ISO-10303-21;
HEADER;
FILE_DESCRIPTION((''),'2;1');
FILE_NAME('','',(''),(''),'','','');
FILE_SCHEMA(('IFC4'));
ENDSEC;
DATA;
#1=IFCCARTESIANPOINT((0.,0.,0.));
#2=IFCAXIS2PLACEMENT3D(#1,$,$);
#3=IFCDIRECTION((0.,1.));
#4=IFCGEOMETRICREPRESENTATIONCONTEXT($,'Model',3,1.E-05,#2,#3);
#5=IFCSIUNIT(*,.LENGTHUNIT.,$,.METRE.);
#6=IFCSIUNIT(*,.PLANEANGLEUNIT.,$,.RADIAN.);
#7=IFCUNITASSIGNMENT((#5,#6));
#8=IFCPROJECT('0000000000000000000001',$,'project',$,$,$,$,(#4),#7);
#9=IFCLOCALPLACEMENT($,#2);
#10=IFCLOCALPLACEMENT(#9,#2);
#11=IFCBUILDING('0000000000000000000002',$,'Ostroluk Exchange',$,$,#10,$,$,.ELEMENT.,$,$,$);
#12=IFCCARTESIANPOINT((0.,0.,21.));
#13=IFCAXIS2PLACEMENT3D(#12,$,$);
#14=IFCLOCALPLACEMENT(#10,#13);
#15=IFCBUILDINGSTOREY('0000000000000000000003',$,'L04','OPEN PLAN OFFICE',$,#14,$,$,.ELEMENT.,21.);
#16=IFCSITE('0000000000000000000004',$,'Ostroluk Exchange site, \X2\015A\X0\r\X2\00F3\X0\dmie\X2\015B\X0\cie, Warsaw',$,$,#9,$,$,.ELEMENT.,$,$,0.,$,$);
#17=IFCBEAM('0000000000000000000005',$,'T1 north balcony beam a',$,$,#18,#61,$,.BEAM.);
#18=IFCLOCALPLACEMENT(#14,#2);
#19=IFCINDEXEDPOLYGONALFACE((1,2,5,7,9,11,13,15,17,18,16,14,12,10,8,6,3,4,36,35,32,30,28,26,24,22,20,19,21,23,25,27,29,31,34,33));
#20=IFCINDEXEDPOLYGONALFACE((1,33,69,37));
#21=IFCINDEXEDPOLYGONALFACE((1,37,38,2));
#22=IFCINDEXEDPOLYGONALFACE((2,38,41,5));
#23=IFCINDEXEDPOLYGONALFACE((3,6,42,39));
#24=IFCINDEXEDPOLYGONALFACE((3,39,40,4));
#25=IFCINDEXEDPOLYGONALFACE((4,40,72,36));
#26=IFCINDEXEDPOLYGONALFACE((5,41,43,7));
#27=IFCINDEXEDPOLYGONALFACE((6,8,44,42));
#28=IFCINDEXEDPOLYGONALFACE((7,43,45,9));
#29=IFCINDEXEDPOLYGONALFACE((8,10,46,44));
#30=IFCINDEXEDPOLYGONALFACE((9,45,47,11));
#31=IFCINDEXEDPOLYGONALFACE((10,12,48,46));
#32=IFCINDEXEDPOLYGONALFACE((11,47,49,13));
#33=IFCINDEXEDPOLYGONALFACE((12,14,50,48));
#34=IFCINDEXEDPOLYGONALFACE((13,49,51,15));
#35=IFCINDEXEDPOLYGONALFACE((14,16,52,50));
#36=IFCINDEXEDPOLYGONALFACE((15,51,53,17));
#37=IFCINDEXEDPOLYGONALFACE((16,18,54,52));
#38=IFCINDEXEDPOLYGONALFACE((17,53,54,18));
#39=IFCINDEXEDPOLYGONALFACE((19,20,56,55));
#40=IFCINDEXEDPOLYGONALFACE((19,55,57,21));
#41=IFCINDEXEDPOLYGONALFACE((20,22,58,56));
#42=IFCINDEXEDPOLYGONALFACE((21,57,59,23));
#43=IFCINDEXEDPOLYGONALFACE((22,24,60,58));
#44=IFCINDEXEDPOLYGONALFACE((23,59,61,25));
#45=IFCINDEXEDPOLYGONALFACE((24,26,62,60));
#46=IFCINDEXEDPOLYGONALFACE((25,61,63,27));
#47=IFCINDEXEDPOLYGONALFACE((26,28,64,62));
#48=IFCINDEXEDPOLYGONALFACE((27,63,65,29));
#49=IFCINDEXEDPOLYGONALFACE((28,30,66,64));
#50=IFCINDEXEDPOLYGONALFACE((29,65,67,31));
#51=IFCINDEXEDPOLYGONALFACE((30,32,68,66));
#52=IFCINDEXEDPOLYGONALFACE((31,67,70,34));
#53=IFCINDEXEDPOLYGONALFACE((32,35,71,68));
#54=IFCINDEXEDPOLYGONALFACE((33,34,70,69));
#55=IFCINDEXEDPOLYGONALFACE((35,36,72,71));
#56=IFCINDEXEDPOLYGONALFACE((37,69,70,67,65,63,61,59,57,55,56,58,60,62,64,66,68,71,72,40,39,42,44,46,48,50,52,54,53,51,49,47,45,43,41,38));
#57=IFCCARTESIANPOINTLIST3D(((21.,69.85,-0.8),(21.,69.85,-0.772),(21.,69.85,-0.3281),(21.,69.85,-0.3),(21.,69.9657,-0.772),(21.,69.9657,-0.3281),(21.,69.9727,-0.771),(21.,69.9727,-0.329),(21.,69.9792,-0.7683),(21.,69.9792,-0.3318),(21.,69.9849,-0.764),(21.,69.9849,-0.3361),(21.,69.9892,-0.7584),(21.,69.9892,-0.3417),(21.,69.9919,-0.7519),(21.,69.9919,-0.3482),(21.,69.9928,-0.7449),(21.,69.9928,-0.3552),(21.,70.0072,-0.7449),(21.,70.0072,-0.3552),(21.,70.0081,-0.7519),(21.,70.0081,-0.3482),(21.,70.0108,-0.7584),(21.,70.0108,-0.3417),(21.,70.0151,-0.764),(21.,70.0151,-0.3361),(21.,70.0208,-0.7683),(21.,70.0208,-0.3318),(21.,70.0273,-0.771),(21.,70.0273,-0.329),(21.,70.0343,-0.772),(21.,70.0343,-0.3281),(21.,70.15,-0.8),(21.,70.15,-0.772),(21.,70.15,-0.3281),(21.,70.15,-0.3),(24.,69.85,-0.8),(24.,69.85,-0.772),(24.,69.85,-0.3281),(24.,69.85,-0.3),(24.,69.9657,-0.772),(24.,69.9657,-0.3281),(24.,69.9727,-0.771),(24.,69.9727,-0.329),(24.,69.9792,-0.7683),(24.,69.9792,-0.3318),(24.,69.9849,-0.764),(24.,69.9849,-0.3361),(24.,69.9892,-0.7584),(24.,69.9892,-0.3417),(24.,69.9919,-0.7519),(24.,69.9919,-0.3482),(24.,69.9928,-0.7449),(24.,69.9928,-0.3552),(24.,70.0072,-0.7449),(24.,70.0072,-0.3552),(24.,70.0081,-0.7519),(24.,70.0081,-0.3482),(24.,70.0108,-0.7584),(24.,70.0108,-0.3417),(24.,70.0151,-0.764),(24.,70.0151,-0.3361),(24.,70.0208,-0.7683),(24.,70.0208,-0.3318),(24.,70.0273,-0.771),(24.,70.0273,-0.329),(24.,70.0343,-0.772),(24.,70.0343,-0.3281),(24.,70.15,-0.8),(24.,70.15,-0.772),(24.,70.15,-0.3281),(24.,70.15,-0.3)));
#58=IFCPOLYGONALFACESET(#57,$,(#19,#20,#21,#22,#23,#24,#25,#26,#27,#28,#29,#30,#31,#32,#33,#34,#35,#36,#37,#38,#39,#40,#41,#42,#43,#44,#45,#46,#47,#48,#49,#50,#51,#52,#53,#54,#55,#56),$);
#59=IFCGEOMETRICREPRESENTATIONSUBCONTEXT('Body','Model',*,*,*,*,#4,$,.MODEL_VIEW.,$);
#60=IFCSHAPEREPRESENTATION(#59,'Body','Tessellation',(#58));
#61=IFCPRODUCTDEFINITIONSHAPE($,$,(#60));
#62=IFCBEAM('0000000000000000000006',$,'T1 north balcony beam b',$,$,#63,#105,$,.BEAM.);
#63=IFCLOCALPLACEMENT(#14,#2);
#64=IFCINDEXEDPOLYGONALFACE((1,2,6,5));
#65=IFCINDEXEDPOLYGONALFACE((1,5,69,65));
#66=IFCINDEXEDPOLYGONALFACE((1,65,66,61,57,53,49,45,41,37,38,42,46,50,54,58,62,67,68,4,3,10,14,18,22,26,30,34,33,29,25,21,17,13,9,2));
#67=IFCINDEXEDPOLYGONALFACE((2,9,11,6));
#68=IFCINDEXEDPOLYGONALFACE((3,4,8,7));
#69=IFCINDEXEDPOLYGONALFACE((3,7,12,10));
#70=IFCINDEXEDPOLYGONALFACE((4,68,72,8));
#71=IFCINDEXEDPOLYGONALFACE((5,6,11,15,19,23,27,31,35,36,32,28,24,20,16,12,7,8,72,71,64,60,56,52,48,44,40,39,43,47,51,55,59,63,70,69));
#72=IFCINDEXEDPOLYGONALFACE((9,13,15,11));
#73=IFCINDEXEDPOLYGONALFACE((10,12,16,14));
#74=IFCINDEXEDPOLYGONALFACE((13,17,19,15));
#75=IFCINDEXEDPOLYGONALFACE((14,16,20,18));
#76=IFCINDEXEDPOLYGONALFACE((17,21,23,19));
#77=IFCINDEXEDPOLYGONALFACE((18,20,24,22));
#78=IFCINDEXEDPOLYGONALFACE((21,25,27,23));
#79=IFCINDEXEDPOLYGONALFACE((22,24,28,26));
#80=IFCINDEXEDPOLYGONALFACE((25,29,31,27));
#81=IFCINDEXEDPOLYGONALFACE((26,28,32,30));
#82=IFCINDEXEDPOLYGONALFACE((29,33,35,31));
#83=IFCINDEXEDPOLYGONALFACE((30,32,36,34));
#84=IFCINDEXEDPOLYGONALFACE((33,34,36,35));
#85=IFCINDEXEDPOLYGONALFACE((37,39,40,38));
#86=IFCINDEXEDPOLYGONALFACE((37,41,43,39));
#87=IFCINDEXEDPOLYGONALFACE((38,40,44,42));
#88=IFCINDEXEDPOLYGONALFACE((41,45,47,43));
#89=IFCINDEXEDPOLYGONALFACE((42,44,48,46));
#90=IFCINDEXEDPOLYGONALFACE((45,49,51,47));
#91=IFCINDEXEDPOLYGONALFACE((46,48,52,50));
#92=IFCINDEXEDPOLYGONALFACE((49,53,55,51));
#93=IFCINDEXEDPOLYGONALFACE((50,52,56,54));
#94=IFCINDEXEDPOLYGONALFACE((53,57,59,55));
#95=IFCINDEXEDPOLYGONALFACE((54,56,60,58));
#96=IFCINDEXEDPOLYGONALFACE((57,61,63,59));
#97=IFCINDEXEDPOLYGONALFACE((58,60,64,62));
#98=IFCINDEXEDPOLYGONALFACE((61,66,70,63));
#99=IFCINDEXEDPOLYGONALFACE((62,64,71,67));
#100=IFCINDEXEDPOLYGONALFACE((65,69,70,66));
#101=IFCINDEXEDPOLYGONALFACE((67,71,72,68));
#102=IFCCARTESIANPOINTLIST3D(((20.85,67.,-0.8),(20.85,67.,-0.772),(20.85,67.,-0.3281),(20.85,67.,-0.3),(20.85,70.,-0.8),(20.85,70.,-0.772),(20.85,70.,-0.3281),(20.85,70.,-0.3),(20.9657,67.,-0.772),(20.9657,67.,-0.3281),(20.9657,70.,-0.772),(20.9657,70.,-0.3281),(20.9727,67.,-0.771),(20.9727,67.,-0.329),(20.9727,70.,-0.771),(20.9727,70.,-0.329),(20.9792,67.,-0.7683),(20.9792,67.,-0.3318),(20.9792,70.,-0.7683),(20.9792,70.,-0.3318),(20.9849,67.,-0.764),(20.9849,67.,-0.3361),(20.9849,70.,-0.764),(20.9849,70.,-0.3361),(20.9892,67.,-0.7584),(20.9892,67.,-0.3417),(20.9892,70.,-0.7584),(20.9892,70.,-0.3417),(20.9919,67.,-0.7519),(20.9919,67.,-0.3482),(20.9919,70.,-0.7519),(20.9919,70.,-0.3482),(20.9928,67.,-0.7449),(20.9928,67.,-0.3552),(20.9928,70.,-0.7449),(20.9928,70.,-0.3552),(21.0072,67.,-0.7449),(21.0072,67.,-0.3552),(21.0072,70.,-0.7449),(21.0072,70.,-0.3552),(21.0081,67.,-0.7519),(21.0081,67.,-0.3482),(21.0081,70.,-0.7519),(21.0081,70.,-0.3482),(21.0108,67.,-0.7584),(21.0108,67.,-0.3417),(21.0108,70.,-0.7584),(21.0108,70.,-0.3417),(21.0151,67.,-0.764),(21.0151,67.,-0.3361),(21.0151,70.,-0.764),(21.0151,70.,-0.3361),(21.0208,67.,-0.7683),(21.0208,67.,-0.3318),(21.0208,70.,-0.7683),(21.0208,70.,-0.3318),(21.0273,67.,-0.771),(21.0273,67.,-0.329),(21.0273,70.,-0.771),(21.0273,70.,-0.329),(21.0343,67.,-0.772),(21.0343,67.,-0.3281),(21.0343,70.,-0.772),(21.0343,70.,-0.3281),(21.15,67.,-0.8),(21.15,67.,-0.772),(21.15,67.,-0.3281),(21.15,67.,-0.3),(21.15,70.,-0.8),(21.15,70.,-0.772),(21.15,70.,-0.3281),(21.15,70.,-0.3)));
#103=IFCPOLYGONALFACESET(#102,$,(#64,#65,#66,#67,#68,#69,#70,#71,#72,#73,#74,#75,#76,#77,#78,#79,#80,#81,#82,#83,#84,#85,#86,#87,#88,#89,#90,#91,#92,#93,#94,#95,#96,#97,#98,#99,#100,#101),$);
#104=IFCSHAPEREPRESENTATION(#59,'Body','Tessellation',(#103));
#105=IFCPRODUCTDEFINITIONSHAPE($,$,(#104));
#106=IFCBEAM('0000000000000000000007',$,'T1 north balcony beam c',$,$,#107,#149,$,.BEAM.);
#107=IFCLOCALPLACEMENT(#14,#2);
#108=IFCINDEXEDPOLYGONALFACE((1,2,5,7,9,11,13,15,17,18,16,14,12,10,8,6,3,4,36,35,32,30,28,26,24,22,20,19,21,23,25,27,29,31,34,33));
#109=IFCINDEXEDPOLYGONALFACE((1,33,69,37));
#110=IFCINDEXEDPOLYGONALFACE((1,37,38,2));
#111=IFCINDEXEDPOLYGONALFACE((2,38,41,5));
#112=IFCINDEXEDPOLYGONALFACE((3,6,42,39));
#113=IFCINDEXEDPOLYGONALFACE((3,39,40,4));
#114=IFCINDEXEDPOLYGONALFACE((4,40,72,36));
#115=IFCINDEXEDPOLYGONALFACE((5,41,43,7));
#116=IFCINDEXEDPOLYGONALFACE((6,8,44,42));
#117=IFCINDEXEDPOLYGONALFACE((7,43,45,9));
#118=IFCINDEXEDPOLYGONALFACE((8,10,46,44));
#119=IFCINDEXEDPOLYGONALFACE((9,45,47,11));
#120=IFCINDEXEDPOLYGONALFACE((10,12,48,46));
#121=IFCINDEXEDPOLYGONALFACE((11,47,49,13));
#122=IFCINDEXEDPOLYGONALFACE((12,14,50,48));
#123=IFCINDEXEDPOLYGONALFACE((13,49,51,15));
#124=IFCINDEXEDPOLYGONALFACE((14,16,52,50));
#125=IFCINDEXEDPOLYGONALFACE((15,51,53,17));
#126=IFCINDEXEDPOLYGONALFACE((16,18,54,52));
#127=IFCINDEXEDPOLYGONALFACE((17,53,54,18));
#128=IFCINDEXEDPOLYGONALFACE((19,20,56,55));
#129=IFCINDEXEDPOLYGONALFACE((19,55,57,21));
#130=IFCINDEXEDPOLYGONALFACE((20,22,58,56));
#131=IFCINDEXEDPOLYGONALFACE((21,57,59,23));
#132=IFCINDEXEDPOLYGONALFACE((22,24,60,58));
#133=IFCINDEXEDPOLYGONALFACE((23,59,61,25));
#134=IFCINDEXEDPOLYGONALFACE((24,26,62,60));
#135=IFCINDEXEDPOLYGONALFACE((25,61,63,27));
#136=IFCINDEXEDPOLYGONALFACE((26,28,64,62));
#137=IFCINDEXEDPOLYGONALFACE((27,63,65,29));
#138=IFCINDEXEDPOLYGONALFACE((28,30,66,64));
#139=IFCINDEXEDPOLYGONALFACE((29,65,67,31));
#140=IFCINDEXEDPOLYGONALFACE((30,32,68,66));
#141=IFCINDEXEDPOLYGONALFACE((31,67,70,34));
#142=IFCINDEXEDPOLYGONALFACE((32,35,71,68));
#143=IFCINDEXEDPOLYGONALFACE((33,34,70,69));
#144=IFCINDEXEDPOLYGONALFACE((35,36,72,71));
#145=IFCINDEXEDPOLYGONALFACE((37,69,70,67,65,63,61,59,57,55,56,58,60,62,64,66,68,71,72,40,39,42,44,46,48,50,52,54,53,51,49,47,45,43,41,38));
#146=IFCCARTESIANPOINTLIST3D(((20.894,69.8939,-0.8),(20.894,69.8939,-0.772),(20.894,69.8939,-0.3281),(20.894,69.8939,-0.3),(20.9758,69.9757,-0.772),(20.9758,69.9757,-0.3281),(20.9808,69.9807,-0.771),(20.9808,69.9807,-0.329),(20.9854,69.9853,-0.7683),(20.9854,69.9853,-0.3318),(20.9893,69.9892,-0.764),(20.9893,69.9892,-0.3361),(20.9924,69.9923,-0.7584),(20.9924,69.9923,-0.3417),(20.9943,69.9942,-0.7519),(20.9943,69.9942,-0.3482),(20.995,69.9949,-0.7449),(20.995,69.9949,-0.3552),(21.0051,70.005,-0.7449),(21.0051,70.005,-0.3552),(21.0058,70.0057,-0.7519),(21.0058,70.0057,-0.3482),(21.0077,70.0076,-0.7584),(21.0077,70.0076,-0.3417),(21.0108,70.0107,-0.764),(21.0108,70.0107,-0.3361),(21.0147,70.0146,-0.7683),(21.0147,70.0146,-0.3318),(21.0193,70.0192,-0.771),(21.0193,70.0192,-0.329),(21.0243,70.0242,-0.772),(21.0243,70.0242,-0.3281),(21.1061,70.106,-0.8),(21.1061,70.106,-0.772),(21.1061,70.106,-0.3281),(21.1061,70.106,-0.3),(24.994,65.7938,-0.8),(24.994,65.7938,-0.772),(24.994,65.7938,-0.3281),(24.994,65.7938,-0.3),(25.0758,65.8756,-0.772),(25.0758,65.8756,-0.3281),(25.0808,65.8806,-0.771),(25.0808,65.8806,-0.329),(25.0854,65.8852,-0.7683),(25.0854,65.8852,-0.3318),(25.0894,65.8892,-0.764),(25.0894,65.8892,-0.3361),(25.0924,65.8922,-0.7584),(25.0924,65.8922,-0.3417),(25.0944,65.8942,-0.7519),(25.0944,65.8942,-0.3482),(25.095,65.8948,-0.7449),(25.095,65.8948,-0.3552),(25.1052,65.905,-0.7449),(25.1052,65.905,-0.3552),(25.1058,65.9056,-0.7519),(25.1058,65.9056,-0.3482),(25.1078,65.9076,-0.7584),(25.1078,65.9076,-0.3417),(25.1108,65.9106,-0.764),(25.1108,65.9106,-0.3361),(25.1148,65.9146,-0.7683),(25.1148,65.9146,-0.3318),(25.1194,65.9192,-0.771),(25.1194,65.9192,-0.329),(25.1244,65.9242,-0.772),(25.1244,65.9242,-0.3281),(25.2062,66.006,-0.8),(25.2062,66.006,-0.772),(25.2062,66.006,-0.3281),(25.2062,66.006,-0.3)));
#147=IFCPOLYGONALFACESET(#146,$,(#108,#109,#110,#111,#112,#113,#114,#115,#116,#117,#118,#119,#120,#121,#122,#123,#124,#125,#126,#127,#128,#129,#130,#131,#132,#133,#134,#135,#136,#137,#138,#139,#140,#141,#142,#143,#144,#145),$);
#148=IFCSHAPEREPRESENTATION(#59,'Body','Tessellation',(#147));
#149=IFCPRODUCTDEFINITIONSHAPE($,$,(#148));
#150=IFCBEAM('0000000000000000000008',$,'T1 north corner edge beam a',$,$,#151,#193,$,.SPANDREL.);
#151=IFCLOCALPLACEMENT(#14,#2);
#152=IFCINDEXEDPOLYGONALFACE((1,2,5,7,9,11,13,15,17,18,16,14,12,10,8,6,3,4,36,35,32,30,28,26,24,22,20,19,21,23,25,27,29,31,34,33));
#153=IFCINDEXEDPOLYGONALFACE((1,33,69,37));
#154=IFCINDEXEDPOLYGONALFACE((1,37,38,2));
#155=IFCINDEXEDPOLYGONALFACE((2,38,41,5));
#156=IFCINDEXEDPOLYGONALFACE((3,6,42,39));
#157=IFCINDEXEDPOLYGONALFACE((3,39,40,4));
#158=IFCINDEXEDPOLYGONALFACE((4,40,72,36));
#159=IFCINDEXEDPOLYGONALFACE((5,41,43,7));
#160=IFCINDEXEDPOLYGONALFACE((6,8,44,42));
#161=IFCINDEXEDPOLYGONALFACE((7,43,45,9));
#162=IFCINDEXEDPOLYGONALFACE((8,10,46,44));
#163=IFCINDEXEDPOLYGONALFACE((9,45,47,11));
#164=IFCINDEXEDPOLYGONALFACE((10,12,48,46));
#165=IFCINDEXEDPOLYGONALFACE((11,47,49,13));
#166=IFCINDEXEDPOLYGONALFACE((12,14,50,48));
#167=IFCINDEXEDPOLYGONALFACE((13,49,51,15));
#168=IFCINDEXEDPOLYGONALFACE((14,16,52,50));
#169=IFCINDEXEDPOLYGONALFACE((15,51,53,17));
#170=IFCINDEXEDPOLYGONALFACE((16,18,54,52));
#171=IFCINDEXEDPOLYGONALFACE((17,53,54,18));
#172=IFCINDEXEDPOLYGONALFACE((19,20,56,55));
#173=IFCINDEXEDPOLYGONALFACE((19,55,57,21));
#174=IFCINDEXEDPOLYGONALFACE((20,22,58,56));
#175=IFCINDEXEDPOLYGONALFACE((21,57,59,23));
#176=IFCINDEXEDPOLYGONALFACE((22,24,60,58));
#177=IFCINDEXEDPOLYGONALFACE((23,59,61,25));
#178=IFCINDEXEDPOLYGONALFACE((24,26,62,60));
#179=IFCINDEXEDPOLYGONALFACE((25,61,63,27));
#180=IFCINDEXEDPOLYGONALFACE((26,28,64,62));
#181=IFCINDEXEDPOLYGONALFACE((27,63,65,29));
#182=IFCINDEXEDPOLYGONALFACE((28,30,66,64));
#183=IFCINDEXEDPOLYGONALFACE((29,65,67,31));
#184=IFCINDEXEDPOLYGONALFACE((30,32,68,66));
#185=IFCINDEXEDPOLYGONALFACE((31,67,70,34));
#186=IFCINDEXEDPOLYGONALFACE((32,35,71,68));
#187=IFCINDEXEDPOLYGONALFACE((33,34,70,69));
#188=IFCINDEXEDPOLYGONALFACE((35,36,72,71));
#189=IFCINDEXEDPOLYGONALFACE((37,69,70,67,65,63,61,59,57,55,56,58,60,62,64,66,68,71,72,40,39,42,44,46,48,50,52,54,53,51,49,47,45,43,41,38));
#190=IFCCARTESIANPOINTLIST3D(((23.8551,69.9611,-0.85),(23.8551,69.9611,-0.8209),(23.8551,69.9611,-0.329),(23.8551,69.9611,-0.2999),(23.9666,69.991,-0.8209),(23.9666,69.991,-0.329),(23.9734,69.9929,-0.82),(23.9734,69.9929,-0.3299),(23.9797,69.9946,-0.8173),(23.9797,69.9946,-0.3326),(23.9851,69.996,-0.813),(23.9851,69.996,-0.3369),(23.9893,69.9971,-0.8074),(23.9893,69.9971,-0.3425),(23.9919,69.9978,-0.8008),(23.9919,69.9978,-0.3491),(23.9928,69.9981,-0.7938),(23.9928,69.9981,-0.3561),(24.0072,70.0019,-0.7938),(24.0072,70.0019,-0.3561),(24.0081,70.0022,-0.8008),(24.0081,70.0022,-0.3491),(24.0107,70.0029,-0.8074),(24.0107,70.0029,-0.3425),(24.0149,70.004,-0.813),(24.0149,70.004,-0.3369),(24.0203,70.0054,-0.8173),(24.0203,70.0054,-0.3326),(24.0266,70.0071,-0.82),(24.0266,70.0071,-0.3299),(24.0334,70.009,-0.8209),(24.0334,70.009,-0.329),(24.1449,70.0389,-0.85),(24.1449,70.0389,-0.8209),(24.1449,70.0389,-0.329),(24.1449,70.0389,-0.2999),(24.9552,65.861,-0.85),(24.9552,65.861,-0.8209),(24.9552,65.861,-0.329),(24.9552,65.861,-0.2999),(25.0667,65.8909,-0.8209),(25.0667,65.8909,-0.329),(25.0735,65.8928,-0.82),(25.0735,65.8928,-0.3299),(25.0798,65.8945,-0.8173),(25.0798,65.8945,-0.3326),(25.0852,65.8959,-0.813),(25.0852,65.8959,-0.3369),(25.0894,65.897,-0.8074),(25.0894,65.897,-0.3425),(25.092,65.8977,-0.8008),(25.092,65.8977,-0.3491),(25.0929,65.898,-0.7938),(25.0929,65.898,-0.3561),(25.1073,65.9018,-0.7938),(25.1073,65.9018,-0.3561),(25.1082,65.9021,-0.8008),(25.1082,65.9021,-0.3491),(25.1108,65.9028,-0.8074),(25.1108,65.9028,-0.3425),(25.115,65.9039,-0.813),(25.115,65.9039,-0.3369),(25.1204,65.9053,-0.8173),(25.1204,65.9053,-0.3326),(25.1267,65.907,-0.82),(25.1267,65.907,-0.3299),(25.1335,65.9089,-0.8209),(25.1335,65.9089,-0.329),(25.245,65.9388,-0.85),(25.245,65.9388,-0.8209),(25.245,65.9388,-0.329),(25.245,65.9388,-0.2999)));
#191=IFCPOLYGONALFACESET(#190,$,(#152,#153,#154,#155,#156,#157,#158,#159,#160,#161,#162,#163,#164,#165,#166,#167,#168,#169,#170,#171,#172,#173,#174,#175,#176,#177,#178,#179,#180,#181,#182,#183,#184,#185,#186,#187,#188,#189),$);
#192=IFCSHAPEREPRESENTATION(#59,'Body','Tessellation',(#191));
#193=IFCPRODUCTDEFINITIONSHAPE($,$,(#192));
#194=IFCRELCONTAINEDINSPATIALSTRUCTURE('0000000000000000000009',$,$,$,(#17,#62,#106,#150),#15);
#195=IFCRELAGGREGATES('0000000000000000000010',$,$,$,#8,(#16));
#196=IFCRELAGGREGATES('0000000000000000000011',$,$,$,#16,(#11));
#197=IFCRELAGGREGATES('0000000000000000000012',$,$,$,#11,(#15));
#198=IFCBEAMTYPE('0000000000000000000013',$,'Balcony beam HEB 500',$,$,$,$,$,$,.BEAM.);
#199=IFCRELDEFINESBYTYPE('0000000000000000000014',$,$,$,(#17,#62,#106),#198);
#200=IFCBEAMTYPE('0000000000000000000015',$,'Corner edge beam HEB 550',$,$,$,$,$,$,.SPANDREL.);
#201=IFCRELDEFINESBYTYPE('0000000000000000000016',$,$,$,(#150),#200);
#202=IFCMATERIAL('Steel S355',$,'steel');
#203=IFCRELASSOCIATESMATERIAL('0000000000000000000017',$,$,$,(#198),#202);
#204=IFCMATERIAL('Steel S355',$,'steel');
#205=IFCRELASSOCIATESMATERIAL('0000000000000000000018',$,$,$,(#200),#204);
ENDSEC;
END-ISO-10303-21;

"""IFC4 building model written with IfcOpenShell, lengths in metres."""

from ifc_helpers import new_model, si_unit, direction, frame, origin, origin_2d, place, context, subcontext, project, spatial, i_section, extrude, material, material_profile, profile_set, type_object, element, save


model = new_model("IFC4")

# Units and contexts
model_context = context("Model", 3, precision=1e-05, world=origin(), true_north=direction((0.0, 1.0)))
body_context = subcontext(model_context, "Body", "Model", "MODEL_VIEW")
ifc_project = project(units=[si_unit("LENGTHUNIT", "METRE"), si_unit("PLANEANGLEUNIT", "RADIAN")], contexts=[model_context])

# Site, building, storey
site_placement = place(None, origin())
site = spatial("IfcSite", under=ifc_project, at=site_placement, Name="Ostroluk Exchange site, Śródmieście, Warsaw", CompositionType="ELEMENT", RefElevation=0.0)
building_placement = place(site_placement, origin())
building = spatial("IfcBuilding", under=site, at=building_placement, Name="Ostroluk Exchange", CompositionType="ELEMENT")
storey_placement = place(building_placement, frame((0.0, 0.0, 21.0)))
storey = spatial("IfcBuildingStorey", under=building, at=storey_placement, Name="L04", Description="OPEN PLAN OFFICE", CompositionType="ELEMENT", Elevation=21.0)

# Beams
ifc_material_1 = material(Name="Steel S355", Category="steel")
ifc_material_profile_1 = material_profile(ifc_material_1, i_section(OverallWidth=0.3, OverallDepth=0.5, WebThickness=0.0144, FlangeThickness=0.0281, FilletRadius=0.0271, at=origin_2d()), Name="HEB 500")
ifc_profile_set_1 = profile_set([ifc_material_profile_1], Name="Steel S355")
beam_type_1 = type_object("IfcBeamType", Name="Balcony beam HEB 500", PredefinedType="BEAM", material=ifc_profile_set_1)
for number, where, z_axis, x_axis, name in (
    (1, (24.0, 70.0, -0.55), (-1.0, 0.0, 0.0), (0.0, -1.0, 0.0), "T1 north balcony beam a"),
    (2, (21.0, 67.0, -0.55), (0.0, 1.0, 0.0), (-1.0, 0.0, 0.0), "T1 north balcony beam b"),
):
    element("IfcBeam", number, at=place(storey_placement, frame(where, z_axis=z_axis, x_axis=x_axis)), inside=storey, type_object=beam_type_1, Name=name, PredefinedType="BEAM", context=body_context, shape_type="SweptSolid", body=[
        extrude(i_section(OverallWidth=0.3, OverallDepth=0.5, WebThickness=0.0144, FlangeThickness=0.0281, FilletRadius=0.0271, at=origin_2d()), origin(), (0.0, 0.0, 1.0), 3.0),
    ])
beam_1_placement = place(storey_placement, frame((25.1001, 65.8999, -0.55), z_axis=(-0.707107, 0.707107, 0.0), x_axis=(-0.707107, -0.707107, 0.0)))
element("IfcBeam", 3, at=beam_1_placement, inside=storey, type_object=beam_type_1, Name="T1 north balcony beam c", PredefinedType="BEAM", context=body_context, shape_type="SweptSolid", body=[
    extrude(i_section(OverallWidth=0.3, OverallDepth=0.5, WebThickness=0.0144, FlangeThickness=0.0281, FilletRadius=0.0271, at=origin_2d()), origin(), (0.0, 0.0, 1.0), 5.7983),
])
ifc_material_2 = material(Name="Steel S355", Category="steel")
ifc_material_profile_2 = material_profile(ifc_material_2, i_section(OverallWidth=0.3, OverallDepth=0.55, WebThickness=0.0149, FlangeThickness=0.0291, FilletRadius=0.0271, at=origin_2d()), Name="HEB 550")
ifc_profile_set_2 = profile_set([ifc_material_profile_2], Name="Steel S355")
beam_type_2 = type_object("IfcBeamType", Name="Corner edge beam HEB 550", PredefinedType="SPANDREL", material=ifc_profile_set_2)
for number, where, z_axis, x_axis, name in (
    (4, (25.1001, 65.8999, -0.575), (-0.259144, 0.965839, 0.0), (-0.965839, -0.259144, 0.0), "T1 north corner edge beam a"),
):
    element("IfcBeam", number, at=place(storey_placement, frame(where, z_axis=z_axis, x_axis=x_axis)), inside=storey, type_object=beam_type_2, Name=name, PredefinedType="SPANDREL", context=body_context, shape_type="SweptSolid", body=[
        extrude(i_section(OverallWidth=0.3, OverallDepth=0.55, WebThickness=0.0149, FlangeThickness=0.0291, FilletRadius=0.0271, at=origin_2d()), origin(), (0.0, 0.0, 1.0), 4.2451),
    ])

save(model, "model.ifc")
